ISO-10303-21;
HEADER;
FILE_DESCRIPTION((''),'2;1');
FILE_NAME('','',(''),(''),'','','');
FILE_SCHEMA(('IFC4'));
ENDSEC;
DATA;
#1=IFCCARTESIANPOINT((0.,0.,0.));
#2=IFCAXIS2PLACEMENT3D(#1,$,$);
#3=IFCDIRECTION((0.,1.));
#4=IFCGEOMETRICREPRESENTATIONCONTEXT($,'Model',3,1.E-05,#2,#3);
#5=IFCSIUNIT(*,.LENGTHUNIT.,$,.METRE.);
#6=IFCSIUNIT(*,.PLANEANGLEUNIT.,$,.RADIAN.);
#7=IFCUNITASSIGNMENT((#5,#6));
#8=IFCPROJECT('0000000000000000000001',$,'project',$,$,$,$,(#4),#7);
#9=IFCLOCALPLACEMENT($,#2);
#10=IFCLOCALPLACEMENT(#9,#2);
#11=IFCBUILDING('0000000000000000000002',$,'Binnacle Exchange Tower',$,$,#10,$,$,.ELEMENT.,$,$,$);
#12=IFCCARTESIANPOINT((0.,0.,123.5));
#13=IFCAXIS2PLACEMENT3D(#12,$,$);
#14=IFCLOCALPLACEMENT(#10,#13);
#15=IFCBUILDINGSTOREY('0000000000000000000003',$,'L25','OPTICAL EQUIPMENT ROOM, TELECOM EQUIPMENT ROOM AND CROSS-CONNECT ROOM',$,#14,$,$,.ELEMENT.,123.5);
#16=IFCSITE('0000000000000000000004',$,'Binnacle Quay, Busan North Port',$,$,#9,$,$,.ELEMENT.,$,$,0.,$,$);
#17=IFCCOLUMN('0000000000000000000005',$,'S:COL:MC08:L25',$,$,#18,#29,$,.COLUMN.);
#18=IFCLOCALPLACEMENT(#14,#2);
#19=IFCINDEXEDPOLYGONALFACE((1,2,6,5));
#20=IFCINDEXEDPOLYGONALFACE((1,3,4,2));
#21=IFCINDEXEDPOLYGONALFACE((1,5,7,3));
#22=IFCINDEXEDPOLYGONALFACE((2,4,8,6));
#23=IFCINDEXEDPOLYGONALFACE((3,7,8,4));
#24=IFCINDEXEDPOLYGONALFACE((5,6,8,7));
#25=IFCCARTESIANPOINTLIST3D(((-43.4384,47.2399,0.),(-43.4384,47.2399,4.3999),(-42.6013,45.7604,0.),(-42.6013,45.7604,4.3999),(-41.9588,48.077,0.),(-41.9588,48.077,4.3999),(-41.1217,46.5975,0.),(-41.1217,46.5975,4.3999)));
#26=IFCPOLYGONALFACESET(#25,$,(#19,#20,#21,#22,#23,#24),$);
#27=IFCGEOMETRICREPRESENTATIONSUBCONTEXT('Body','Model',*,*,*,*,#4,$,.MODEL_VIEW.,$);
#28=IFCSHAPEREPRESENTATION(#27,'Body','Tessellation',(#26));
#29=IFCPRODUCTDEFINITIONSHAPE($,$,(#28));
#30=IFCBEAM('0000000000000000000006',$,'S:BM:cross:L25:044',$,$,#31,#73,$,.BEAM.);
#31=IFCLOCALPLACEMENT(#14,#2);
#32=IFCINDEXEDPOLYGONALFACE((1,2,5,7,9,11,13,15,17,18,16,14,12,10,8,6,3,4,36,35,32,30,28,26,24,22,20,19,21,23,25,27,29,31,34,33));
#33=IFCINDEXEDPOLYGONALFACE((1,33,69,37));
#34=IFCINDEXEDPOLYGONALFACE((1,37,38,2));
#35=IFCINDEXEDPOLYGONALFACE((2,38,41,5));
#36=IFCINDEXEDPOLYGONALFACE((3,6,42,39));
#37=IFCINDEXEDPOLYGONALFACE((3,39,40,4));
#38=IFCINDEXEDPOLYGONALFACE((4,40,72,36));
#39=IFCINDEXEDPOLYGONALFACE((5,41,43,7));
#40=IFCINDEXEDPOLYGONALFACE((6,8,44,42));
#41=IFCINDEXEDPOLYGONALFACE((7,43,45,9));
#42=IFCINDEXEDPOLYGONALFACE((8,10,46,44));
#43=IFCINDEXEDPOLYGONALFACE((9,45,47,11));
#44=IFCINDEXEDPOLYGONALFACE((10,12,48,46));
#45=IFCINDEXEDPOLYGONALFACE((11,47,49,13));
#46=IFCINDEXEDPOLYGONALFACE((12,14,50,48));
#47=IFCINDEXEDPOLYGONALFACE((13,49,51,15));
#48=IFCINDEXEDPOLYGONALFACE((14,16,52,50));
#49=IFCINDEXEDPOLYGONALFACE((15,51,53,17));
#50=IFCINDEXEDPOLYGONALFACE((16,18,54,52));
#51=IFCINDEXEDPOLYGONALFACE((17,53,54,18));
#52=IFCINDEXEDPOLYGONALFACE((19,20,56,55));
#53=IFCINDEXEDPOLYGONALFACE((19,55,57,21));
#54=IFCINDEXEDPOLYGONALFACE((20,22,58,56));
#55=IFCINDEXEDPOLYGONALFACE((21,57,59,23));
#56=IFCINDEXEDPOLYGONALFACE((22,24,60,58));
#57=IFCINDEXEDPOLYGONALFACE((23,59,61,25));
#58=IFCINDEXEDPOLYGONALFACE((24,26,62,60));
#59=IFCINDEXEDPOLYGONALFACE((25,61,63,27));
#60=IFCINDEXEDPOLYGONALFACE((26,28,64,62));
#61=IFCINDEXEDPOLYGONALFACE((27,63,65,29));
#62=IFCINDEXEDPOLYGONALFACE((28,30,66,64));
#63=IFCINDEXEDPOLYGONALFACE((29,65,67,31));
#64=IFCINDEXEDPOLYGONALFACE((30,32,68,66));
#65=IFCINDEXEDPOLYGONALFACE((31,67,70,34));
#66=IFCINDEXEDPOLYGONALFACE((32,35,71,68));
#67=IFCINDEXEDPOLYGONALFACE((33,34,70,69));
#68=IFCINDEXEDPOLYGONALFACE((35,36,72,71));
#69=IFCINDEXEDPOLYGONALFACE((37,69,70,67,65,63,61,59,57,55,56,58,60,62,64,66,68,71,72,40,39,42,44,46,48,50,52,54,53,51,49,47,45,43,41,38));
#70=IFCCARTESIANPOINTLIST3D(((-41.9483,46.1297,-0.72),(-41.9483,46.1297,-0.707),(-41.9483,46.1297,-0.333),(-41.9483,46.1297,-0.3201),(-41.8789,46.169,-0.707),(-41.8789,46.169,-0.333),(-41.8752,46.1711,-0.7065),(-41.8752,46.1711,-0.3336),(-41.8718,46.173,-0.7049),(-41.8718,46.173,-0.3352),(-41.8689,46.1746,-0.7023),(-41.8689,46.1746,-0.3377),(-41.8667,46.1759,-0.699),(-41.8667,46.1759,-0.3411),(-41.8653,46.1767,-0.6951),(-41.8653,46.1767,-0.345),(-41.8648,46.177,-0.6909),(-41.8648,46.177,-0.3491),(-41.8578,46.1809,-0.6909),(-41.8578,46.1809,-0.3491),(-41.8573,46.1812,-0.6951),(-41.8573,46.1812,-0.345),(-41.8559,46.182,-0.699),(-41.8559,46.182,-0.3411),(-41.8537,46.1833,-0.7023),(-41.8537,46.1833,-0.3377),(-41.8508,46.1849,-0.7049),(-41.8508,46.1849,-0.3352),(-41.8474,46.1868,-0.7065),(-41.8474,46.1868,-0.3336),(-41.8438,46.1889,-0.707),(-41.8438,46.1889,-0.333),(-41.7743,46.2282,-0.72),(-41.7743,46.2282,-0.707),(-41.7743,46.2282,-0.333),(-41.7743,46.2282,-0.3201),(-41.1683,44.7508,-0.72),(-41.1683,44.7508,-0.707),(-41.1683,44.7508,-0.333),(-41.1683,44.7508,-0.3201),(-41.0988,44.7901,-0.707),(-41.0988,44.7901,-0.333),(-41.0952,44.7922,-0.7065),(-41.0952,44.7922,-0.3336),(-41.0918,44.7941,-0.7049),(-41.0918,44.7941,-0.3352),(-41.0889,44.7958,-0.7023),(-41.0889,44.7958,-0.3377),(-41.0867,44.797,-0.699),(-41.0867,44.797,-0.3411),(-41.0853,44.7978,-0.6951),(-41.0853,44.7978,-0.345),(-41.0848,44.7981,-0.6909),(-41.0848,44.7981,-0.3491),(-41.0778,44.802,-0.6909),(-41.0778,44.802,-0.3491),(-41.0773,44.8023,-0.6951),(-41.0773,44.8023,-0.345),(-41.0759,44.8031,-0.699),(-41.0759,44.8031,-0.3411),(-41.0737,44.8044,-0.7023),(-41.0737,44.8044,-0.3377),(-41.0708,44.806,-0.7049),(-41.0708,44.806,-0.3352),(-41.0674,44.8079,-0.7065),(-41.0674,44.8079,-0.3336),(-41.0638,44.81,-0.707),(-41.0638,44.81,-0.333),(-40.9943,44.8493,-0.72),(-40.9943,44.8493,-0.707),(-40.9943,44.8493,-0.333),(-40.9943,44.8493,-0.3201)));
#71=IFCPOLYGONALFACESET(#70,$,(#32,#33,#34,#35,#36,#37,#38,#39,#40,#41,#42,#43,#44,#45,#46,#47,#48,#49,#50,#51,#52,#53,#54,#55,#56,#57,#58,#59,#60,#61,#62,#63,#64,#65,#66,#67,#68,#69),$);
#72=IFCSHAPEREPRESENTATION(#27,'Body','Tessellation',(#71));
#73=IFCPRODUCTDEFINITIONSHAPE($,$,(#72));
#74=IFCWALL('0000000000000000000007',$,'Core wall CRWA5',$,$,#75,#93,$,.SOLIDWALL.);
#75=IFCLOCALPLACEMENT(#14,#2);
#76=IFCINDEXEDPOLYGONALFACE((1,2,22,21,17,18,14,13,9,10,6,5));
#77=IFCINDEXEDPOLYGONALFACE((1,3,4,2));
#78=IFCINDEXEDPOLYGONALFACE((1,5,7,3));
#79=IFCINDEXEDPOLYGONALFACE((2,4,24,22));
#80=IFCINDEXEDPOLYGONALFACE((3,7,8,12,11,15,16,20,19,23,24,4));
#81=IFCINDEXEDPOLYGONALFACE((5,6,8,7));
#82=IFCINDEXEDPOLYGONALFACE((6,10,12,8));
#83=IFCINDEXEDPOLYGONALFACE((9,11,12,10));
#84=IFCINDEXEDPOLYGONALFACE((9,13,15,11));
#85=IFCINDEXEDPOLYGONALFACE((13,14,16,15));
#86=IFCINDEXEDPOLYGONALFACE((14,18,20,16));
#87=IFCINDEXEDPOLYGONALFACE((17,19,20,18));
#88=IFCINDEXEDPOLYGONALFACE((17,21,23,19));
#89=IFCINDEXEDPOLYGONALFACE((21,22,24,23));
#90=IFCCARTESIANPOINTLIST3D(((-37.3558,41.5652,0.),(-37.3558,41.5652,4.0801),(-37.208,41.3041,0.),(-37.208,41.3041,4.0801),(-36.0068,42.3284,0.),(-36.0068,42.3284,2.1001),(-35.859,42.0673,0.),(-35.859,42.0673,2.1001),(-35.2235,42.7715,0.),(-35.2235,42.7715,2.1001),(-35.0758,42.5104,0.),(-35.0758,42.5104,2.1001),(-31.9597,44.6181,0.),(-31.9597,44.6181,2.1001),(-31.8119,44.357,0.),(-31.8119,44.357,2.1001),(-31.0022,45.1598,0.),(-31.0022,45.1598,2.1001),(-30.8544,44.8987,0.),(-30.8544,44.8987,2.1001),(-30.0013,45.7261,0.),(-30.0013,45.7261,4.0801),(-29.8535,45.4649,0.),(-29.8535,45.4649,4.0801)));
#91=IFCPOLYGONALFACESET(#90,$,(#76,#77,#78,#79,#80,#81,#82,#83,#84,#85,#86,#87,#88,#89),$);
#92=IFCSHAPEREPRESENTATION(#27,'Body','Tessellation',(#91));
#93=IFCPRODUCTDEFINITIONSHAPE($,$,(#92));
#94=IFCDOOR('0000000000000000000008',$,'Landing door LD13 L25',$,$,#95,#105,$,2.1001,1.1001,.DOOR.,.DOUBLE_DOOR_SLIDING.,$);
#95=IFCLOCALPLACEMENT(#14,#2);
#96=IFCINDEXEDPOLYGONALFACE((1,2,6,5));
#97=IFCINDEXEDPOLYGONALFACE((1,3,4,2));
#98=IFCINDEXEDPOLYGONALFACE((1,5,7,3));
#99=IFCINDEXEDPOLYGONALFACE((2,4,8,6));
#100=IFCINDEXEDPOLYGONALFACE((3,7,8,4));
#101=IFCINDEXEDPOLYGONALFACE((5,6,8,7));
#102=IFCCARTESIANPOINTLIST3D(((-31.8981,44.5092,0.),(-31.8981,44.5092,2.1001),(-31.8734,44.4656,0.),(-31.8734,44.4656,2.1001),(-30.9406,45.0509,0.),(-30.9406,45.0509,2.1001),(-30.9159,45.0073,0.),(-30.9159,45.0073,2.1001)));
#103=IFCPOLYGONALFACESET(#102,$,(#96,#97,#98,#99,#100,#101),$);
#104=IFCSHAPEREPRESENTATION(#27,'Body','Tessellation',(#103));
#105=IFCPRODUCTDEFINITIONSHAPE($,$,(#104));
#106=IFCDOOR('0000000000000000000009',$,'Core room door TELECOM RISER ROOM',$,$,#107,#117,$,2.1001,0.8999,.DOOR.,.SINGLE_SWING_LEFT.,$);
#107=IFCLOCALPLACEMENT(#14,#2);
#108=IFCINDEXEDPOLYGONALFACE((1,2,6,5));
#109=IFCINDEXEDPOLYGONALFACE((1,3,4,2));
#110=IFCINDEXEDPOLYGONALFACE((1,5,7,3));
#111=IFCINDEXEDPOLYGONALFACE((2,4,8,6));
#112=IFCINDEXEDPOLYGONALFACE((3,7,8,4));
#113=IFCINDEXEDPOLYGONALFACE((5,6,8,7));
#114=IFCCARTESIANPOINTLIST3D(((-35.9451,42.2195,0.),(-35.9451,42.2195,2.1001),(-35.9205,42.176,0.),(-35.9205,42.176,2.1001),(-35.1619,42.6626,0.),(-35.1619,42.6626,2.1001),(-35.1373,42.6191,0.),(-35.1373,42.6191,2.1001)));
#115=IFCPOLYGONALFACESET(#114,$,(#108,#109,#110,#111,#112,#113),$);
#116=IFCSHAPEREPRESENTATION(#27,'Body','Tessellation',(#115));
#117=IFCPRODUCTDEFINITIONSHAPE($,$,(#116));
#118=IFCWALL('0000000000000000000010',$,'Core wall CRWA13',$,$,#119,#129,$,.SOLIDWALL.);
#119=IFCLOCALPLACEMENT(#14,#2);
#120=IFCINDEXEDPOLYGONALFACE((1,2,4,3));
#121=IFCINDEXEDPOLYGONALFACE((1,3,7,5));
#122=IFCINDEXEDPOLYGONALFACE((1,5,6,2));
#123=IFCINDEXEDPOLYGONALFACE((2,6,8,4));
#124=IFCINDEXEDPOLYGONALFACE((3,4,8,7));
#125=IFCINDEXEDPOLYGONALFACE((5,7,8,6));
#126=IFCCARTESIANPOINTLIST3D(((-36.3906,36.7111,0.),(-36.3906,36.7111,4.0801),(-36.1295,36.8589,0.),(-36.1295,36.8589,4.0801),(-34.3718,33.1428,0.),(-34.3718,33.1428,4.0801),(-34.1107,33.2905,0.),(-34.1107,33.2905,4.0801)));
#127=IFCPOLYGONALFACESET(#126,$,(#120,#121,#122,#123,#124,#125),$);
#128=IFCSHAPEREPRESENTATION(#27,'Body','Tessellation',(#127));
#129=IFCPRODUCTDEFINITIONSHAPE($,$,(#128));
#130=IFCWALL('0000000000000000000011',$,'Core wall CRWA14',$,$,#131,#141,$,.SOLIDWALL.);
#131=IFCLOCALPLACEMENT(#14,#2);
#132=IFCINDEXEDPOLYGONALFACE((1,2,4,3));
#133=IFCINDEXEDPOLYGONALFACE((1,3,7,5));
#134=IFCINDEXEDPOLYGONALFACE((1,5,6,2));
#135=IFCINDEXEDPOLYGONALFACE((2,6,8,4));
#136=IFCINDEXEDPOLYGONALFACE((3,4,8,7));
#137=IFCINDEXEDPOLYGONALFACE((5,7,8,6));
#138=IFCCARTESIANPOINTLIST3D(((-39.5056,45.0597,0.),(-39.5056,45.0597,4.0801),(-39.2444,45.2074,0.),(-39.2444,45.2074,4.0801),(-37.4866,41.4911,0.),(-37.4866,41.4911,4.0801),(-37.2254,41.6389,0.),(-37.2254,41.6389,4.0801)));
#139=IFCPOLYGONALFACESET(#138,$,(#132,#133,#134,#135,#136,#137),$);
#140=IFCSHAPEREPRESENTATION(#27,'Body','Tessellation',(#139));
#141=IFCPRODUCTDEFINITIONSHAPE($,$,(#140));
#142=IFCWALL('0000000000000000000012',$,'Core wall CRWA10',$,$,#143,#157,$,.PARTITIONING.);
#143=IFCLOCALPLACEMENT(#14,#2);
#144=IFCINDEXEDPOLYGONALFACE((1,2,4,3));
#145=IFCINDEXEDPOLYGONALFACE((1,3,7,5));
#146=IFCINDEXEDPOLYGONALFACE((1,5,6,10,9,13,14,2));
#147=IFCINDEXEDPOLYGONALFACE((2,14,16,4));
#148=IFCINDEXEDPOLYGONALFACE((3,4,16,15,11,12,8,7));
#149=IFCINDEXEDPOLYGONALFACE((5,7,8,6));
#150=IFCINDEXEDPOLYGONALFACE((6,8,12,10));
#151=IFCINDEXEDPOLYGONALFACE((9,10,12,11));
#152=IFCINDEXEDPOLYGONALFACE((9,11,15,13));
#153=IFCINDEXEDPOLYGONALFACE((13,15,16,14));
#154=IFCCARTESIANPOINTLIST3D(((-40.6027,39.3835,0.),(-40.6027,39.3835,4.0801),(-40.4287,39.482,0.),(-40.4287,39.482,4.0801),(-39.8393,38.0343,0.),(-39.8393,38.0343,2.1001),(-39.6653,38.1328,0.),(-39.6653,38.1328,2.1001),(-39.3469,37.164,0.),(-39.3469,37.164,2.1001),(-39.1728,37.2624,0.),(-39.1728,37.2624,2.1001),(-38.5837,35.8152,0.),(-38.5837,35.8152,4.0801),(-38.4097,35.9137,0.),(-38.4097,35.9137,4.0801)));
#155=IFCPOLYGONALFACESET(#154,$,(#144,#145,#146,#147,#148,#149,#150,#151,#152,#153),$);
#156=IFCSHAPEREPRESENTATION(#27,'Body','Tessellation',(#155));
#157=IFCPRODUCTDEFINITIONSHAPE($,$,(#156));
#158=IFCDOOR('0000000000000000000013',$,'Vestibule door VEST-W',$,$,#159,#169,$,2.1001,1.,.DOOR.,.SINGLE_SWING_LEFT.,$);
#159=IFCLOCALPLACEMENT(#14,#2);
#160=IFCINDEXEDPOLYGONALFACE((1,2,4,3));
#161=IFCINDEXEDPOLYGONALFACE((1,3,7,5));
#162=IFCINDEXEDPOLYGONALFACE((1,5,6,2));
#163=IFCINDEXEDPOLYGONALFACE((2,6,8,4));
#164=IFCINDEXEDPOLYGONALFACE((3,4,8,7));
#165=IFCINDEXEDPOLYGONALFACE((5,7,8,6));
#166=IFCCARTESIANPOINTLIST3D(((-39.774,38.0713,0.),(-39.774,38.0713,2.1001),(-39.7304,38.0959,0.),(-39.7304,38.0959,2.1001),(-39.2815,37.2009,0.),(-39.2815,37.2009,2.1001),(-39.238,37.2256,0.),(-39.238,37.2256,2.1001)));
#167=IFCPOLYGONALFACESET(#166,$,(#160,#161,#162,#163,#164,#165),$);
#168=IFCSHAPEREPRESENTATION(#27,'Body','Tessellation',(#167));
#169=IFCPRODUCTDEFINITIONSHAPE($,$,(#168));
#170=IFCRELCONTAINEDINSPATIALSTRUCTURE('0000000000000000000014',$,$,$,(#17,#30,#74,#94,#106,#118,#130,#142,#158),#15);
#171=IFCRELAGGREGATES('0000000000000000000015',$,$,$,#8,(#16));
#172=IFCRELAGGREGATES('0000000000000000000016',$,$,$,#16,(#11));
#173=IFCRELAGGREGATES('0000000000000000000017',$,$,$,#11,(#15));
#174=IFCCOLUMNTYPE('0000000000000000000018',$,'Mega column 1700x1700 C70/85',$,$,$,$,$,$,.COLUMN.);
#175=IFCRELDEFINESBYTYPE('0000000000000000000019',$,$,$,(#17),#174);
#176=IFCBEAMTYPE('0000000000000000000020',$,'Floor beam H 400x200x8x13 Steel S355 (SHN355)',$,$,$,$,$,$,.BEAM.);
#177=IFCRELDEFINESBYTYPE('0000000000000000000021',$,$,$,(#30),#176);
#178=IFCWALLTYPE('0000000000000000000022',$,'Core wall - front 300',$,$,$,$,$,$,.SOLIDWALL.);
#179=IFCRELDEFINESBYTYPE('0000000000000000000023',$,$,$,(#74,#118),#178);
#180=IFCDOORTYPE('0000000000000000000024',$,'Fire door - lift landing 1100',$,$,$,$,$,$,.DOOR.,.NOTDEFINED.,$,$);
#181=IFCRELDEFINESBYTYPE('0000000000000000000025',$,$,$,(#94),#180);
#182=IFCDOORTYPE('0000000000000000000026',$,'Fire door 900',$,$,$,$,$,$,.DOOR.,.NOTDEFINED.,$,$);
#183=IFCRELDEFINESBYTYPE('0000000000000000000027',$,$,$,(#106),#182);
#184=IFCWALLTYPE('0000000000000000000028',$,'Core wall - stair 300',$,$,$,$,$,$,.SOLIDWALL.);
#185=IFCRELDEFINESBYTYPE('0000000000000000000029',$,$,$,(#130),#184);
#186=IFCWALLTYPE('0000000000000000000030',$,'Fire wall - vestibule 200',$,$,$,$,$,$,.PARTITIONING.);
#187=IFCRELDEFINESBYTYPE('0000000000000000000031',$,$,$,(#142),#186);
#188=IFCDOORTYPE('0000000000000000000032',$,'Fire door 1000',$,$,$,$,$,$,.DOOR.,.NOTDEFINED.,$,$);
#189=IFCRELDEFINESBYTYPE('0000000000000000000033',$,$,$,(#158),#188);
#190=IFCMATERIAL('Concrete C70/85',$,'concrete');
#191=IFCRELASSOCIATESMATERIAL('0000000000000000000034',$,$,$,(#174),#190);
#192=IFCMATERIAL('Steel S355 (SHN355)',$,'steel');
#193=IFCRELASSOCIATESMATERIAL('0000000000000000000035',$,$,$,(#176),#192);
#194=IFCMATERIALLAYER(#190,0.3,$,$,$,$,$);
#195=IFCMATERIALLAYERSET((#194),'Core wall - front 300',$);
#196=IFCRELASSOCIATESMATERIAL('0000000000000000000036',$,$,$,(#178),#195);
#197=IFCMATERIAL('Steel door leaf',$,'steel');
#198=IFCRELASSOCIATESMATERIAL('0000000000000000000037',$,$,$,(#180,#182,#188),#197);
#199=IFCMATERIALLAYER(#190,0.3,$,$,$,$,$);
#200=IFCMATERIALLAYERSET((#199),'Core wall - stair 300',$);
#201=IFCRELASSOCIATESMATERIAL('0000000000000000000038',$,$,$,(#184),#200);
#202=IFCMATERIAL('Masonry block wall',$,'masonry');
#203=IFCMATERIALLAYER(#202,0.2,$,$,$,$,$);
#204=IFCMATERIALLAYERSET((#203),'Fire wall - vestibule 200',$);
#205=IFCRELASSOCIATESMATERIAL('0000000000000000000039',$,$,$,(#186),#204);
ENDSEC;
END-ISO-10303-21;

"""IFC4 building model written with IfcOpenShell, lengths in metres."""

from ifc_helpers import new_model, si_unit, direction, frame, frame_2d, origin, origin_2d, place, context, subcontext, project, spatial, rectangle, i_section, extrude, material, layer, layer_set, material_profile, profile_set, type_object, element, fill, save


model = new_model("IFC4")

# Units and contexts
model_context = context("Model", 3, precision=1e-05, world=origin(), true_north=direction((0.0, 1.0)))
body_context = subcontext(model_context, "Body", "Model", "MODEL_VIEW")
ifc_project = project(units=[si_unit("LENGTHUNIT", "METRE"), si_unit("PLANEANGLEUNIT", "RADIAN")], contexts=[model_context])

# Site, building, storey
site_placement = place(None, origin())
site = spatial("IfcSite", under=ifc_project, at=site_placement, Name="Binnacle Quay, Busan North Port", CompositionType="ELEMENT", RefElevation=0.0)
building_placement = place(site_placement, origin())
building = spatial("IfcBuilding", under=site, at=building_placement, Name="Binnacle Exchange Tower", CompositionType="ELEMENT")
storey_placement = place(building_placement, frame((0.0, 0.0, 123.5)))
storey = spatial("IfcBuildingStorey", under=building, at=storey_placement, Name="L25", Description="OPTICAL EQUIPMENT ROOM, TELECOM EQUIPMENT ROOM AND CROSS-CONNECT ROOM", CompositionType="ELEMENT", Elevation=123.5)

# Column
ifc_material_1 = material(Name="Concrete C70/85", Category="concrete")
ifc_material_profile_1 = material_profile(ifc_material_1, rectangle(XDim=1.7, YDim=1.7, at=origin_2d()), Name="Mega column 1700x1700 C70/85")
ifc_profile_set_1 = profile_set([ifc_material_profile_1], Name="Concrete C70/85")
column_type = type_object("IfcColumnType", Name="Mega column 1700x1700 C70/85", PredefinedType="COLUMN", material=ifc_profile_set_1)
column_placement = place(storey_placement, frame((-42.28, 46.9187, 0.0), z_axis=(0.0, 0.0, 1.0), x_axis=(-0.870356, -0.492424, 0.0)))
element("IfcColumn", 1, at=column_placement, inside=storey, type_object=column_type, Name="S:COL:MC08:L25", PredefinedType="COLUMN", context=body_context, shape_type="SweptSolid", body=[
    extrude(rectangle(XDim=1.7, YDim=1.7, at=origin_2d()), origin(), (0.0, 0.0, 1.0), 4.3999),
])

# Beam
ifc_material_2 = material(Name="Steel S355 (SHN355)", Category="steel")
ifc_material_profile_2 = material_profile(ifc_material_2, i_section(OverallWidth=0.2, OverallDepth=0.3999, WebThickness=0.0081, FlangeThickness=0.0129, FilletRadius=0.0161, at=origin_2d()), Name="H 400x200x8x13")
ifc_profile_set_2 = profile_set([ifc_material_profile_2], Name="Steel S355 (SHN355)")
beam_type = type_object("IfcBeamType", Name="Floor beam H 400x200x8x13 Steel S355 (SHN355)", PredefinedType="BEAM", material=ifc_profile_set_2)
beam_placement = place(storey_placement, frame((-41.8613, 46.179, -0.52), z_axis=(0.492367, -0.870388, 0.0), x_axis=(0.870388, 0.492367, 0.0)))
element("IfcBeam", 2, at=beam_placement, inside=storey, type_object=beam_type, Name="S:BM:cross:L25:044", PredefinedType="BEAM", context=body_context, shape_type="SweptSolid", body=[
    extrude(i_section(OverallWidth=0.2, OverallDepth=0.3999, WebThickness=0.0081, FlangeThickness=0.0129, FilletRadius=0.0161, at=origin_2d()), origin(), (0.0, 0.0, 1.0), 1.5842),
])

# Wall, openings, doors
ifc_layer_1 = layer(ifc_material_1, 0.3)
ifc_layer_set_1 = layer_set([ifc_layer_1], Name="Core wall - front 300")
wall_type_1 = type_object("IfcWallType", Name="Core wall - front 300", PredefinedType="SOLIDWALL", material=ifc_layer_set_1)
wall_1_placement = place(storey_placement, frame((-37.282, 41.4346, 0.0), z_axis=(0.0, 0.0, 1.0), x_axis=(0.87036, 0.492416, 0.0)))
wall_1 = element("IfcWall", 3, at=wall_1_placement, inside=storey, type_object=wall_type_1, Name="Core wall CRWA5", PredefinedType="SOLIDWALL", context=body_context, shape_type="SweptSolid", body=[
    extrude(rectangle(XDim=8.45, YDim=0.3, at=frame_2d((4.2251, 0.0))), origin(), (0.0, 0.0, 1.0), 4.0801),
])
opening_1_placement = place(wall_1_placement, frame((6.2, 0.0, 0.0)))
opening_1 = element("IfcOpeningElement", 4, at=opening_1_placement, cuts=wall_1, PredefinedType="OPENING", context=body_context, shape_type="SweptSolid", body=[
    extrude(rectangle(XDim=1.1001, YDim=2.1001, at=frame_2d((0.55, 1.05))), frame((0.0, 0.1599, 0.0), z_axis=(0.0, -1.0, 0.0), x_axis=(1.0, 0.0, 0.0)), (0.0, 0.0, 1.0), 0.3201),
])
opening_2_placement = place(wall_1_placement, frame((1.55, 0.0, 0.0)))
opening_2 = element("IfcOpeningElement", 5, at=opening_2_placement, cuts=wall_1, PredefinedType="OPENING", context=body_context, shape_type="SweptSolid", body=[
    extrude(rectangle(XDim=0.8999, YDim=2.1001, at=frame_2d((0.45, 1.05))), frame((0.0, 0.1599, 0.0), z_axis=(0.0, -1.0, 0.0), x_axis=(1.0, 0.0, 0.0)), (0.0, 0.0, 1.0), 0.3201),
])
ifc_material_3 = material(Name="Steel door leaf", Category="steel")
door_type_1 = type_object("IfcDoorType", Name="Fire door - lift landing 1100", OperationType="NOTDEFINED", PredefinedType="DOOR", material=ifc_material_3)
door_1_placement = place(opening_1_placement, origin())
door_1 = element("IfcDoor", 6, at=door_1_placement, inside=storey, type_object=door_type_1, Name="Landing door LD13 L25", OperationType="DOUBLE_DOOR_SLIDING", OverallHeight=2.1001, OverallWidth=1.1001, PredefinedType="DOOR", context=body_context, shape_type="SweptSolid", body=[
    extrude(rectangle(XDim=1.1001, YDim=2.1001, at=frame_2d((0.55, 1.05))), frame((0.0, 0.0249, 0.0), z_axis=(0.0, -1.0, 0.0), x_axis=(1.0, 0.0, 0.0)), (0.0, 0.0, 1.0), 0.05),
])
fill(opening_1, door_1)
door_type_2 = type_object("IfcDoorType", Name="Fire door 900", OperationType="NOTDEFINED", PredefinedType="DOOR", material=ifc_material_3)
door_2_placement = place(opening_2_placement, origin())
door_2 = element("IfcDoor", 7, at=door_2_placement, inside=storey, type_object=door_type_2, Name="Core room door TELECOM RISER ROOM", OperationType="SINGLE_SWING_LEFT", OverallHeight=2.1001, OverallWidth=0.8999, PredefinedType="DOOR", context=body_context, shape_type="SweptSolid", body=[
    extrude(rectangle(XDim=0.8999, YDim=2.1001, at=frame_2d((0.45, 1.05))), frame((0.0, 0.0249, 0.0), z_axis=(0.0, -1.0, 0.0), x_axis=(1.0, 0.0, 0.0)), (0.0, 0.0, 1.0), 0.05),
])
fill(opening_2, door_2)

# Walls
wall_2_placement = place(storey_placement, frame((-36.26, 36.7849, 0.0), z_axis=(0.0, 0.0, 1.0), x_axis=(0.492408, -0.870364, 0.0)))
element("IfcWall", 8, at=wall_2_placement, inside=storey, type_object=wall_type_1, Name="Core wall CRWA13", PredefinedType="SOLIDWALL", context=body_context, shape_type="SweptSolid", body=[
    extrude(rectangle(XDim=4.0999, YDim=0.3, at=frame_2d((2.0498, 0.0))), origin(), (0.0, 0.0, 1.0), 4.0801),
])
ifc_layer_2 = layer(ifc_material_1, 0.3)
ifc_layer_set_2 = layer_set([ifc_layer_2], Name="Core wall - stair 300")
wall_type_2 = type_object("IfcWallType", Name="Core wall - stair 300", PredefinedType="SOLIDWALL", material=ifc_layer_set_2)
wall_3_placement = place(storey_placement, frame((-39.375, 45.1335, 0.0), z_axis=(0.0, 0.0, 1.0), x_axis=(0.492428, -0.870353, 0.0)))
element("IfcWall", 9, at=wall_3_placement, inside=storey, type_object=wall_type_2, Name="Core wall CRWA14", PredefinedType="SOLIDWALL", context=body_context, shape_type="SweptSolid", body=[
    extrude(rectangle(XDim=4.1001, YDim=0.3, at=frame_2d((2.05, 0.0))), origin(), (0.0, 0.0, 1.0), 4.0801),
])

# Wall, opening, door
ifc_material_4 = material(Name="Masonry block wall", Category="masonry")
ifc_layer_3 = layer(ifc_material_4, 0.2)
ifc_layer_set_3 = layer_set([ifc_layer_3], Name="Fire wall - vestibule 200")
wall_type_3 = type_object("IfcWallType", Name="Fire wall - vestibule 200", PredefinedType="PARTITIONING", material=ifc_layer_set_3)
wall_4_placement = place(storey_placement, frame((-40.5156, 39.4326, 0.0), z_axis=(0.0, 0.0, 1.0), x_axis=(0.492454, -0.870339, 0.0)))
wall_4 = element("IfcWall", 10, at=wall_4_placement, inside=storey, type_object=wall_type_3, Name="Core wall CRWA10", PredefinedType="PARTITIONING", context=body_context, shape_type="SweptSolid", body=[
    extrude(rectangle(XDim=4.0999, YDim=0.2, at=frame_2d((2.0498, 0.0))), origin(), (0.0, 0.0, 1.0), 4.0801),
])
opening_3_placement = place(wall_4_placement, frame((1.55, 0.0, 0.0)))
opening_3 = element("IfcOpeningElement", 11, at=opening_3_placement, cuts=wall_4, PredefinedType="OPENING", context=body_context, shape_type="SweptSolid", body=[
    extrude(rectangle(XDim=1.0, YDim=2.1001, at=frame_2d((0.5, 1.05))), frame((0.0, 0.1099, 0.0), z_axis=(0.0, -1.0, 0.0), x_axis=(1.0, 0.0, 0.0)), (0.0, 0.0, 1.0), 0.22),
])
door_type_3 = type_object("IfcDoorType", Name="Fire door 1000", OperationType="NOTDEFINED", PredefinedType="DOOR", material=ifc_material_3)
door_3_placement = place(opening_3_placement, frame((1.0, 0.0, 0.0), z_axis=(0.0, 0.0, 1.0), x_axis=(-1.0, 0.0, 0.0)))
door_3 = element("IfcDoor", 12, at=door_3_placement, inside=storey, type_object=door_type_3, Name="Vestibule door VEST-W", OperationType="SINGLE_SWING_LEFT", OverallHeight=2.1001, OverallWidth=1.0, PredefinedType="DOOR", context=body_context, shape_type="SweptSolid", body=[
    extrude(rectangle(XDim=1.0, YDim=2.1001, at=frame_2d((0.5, 1.05))), frame((0.0, 0.0249, 0.0), z_axis=(0.0, -1.0, 0.0), x_axis=(1.0, 0.0, 0.0)), (0.0, 0.0, 1.0), 0.05),
])
fill(opening_3, door_3)

save(model, "model.ifc")
